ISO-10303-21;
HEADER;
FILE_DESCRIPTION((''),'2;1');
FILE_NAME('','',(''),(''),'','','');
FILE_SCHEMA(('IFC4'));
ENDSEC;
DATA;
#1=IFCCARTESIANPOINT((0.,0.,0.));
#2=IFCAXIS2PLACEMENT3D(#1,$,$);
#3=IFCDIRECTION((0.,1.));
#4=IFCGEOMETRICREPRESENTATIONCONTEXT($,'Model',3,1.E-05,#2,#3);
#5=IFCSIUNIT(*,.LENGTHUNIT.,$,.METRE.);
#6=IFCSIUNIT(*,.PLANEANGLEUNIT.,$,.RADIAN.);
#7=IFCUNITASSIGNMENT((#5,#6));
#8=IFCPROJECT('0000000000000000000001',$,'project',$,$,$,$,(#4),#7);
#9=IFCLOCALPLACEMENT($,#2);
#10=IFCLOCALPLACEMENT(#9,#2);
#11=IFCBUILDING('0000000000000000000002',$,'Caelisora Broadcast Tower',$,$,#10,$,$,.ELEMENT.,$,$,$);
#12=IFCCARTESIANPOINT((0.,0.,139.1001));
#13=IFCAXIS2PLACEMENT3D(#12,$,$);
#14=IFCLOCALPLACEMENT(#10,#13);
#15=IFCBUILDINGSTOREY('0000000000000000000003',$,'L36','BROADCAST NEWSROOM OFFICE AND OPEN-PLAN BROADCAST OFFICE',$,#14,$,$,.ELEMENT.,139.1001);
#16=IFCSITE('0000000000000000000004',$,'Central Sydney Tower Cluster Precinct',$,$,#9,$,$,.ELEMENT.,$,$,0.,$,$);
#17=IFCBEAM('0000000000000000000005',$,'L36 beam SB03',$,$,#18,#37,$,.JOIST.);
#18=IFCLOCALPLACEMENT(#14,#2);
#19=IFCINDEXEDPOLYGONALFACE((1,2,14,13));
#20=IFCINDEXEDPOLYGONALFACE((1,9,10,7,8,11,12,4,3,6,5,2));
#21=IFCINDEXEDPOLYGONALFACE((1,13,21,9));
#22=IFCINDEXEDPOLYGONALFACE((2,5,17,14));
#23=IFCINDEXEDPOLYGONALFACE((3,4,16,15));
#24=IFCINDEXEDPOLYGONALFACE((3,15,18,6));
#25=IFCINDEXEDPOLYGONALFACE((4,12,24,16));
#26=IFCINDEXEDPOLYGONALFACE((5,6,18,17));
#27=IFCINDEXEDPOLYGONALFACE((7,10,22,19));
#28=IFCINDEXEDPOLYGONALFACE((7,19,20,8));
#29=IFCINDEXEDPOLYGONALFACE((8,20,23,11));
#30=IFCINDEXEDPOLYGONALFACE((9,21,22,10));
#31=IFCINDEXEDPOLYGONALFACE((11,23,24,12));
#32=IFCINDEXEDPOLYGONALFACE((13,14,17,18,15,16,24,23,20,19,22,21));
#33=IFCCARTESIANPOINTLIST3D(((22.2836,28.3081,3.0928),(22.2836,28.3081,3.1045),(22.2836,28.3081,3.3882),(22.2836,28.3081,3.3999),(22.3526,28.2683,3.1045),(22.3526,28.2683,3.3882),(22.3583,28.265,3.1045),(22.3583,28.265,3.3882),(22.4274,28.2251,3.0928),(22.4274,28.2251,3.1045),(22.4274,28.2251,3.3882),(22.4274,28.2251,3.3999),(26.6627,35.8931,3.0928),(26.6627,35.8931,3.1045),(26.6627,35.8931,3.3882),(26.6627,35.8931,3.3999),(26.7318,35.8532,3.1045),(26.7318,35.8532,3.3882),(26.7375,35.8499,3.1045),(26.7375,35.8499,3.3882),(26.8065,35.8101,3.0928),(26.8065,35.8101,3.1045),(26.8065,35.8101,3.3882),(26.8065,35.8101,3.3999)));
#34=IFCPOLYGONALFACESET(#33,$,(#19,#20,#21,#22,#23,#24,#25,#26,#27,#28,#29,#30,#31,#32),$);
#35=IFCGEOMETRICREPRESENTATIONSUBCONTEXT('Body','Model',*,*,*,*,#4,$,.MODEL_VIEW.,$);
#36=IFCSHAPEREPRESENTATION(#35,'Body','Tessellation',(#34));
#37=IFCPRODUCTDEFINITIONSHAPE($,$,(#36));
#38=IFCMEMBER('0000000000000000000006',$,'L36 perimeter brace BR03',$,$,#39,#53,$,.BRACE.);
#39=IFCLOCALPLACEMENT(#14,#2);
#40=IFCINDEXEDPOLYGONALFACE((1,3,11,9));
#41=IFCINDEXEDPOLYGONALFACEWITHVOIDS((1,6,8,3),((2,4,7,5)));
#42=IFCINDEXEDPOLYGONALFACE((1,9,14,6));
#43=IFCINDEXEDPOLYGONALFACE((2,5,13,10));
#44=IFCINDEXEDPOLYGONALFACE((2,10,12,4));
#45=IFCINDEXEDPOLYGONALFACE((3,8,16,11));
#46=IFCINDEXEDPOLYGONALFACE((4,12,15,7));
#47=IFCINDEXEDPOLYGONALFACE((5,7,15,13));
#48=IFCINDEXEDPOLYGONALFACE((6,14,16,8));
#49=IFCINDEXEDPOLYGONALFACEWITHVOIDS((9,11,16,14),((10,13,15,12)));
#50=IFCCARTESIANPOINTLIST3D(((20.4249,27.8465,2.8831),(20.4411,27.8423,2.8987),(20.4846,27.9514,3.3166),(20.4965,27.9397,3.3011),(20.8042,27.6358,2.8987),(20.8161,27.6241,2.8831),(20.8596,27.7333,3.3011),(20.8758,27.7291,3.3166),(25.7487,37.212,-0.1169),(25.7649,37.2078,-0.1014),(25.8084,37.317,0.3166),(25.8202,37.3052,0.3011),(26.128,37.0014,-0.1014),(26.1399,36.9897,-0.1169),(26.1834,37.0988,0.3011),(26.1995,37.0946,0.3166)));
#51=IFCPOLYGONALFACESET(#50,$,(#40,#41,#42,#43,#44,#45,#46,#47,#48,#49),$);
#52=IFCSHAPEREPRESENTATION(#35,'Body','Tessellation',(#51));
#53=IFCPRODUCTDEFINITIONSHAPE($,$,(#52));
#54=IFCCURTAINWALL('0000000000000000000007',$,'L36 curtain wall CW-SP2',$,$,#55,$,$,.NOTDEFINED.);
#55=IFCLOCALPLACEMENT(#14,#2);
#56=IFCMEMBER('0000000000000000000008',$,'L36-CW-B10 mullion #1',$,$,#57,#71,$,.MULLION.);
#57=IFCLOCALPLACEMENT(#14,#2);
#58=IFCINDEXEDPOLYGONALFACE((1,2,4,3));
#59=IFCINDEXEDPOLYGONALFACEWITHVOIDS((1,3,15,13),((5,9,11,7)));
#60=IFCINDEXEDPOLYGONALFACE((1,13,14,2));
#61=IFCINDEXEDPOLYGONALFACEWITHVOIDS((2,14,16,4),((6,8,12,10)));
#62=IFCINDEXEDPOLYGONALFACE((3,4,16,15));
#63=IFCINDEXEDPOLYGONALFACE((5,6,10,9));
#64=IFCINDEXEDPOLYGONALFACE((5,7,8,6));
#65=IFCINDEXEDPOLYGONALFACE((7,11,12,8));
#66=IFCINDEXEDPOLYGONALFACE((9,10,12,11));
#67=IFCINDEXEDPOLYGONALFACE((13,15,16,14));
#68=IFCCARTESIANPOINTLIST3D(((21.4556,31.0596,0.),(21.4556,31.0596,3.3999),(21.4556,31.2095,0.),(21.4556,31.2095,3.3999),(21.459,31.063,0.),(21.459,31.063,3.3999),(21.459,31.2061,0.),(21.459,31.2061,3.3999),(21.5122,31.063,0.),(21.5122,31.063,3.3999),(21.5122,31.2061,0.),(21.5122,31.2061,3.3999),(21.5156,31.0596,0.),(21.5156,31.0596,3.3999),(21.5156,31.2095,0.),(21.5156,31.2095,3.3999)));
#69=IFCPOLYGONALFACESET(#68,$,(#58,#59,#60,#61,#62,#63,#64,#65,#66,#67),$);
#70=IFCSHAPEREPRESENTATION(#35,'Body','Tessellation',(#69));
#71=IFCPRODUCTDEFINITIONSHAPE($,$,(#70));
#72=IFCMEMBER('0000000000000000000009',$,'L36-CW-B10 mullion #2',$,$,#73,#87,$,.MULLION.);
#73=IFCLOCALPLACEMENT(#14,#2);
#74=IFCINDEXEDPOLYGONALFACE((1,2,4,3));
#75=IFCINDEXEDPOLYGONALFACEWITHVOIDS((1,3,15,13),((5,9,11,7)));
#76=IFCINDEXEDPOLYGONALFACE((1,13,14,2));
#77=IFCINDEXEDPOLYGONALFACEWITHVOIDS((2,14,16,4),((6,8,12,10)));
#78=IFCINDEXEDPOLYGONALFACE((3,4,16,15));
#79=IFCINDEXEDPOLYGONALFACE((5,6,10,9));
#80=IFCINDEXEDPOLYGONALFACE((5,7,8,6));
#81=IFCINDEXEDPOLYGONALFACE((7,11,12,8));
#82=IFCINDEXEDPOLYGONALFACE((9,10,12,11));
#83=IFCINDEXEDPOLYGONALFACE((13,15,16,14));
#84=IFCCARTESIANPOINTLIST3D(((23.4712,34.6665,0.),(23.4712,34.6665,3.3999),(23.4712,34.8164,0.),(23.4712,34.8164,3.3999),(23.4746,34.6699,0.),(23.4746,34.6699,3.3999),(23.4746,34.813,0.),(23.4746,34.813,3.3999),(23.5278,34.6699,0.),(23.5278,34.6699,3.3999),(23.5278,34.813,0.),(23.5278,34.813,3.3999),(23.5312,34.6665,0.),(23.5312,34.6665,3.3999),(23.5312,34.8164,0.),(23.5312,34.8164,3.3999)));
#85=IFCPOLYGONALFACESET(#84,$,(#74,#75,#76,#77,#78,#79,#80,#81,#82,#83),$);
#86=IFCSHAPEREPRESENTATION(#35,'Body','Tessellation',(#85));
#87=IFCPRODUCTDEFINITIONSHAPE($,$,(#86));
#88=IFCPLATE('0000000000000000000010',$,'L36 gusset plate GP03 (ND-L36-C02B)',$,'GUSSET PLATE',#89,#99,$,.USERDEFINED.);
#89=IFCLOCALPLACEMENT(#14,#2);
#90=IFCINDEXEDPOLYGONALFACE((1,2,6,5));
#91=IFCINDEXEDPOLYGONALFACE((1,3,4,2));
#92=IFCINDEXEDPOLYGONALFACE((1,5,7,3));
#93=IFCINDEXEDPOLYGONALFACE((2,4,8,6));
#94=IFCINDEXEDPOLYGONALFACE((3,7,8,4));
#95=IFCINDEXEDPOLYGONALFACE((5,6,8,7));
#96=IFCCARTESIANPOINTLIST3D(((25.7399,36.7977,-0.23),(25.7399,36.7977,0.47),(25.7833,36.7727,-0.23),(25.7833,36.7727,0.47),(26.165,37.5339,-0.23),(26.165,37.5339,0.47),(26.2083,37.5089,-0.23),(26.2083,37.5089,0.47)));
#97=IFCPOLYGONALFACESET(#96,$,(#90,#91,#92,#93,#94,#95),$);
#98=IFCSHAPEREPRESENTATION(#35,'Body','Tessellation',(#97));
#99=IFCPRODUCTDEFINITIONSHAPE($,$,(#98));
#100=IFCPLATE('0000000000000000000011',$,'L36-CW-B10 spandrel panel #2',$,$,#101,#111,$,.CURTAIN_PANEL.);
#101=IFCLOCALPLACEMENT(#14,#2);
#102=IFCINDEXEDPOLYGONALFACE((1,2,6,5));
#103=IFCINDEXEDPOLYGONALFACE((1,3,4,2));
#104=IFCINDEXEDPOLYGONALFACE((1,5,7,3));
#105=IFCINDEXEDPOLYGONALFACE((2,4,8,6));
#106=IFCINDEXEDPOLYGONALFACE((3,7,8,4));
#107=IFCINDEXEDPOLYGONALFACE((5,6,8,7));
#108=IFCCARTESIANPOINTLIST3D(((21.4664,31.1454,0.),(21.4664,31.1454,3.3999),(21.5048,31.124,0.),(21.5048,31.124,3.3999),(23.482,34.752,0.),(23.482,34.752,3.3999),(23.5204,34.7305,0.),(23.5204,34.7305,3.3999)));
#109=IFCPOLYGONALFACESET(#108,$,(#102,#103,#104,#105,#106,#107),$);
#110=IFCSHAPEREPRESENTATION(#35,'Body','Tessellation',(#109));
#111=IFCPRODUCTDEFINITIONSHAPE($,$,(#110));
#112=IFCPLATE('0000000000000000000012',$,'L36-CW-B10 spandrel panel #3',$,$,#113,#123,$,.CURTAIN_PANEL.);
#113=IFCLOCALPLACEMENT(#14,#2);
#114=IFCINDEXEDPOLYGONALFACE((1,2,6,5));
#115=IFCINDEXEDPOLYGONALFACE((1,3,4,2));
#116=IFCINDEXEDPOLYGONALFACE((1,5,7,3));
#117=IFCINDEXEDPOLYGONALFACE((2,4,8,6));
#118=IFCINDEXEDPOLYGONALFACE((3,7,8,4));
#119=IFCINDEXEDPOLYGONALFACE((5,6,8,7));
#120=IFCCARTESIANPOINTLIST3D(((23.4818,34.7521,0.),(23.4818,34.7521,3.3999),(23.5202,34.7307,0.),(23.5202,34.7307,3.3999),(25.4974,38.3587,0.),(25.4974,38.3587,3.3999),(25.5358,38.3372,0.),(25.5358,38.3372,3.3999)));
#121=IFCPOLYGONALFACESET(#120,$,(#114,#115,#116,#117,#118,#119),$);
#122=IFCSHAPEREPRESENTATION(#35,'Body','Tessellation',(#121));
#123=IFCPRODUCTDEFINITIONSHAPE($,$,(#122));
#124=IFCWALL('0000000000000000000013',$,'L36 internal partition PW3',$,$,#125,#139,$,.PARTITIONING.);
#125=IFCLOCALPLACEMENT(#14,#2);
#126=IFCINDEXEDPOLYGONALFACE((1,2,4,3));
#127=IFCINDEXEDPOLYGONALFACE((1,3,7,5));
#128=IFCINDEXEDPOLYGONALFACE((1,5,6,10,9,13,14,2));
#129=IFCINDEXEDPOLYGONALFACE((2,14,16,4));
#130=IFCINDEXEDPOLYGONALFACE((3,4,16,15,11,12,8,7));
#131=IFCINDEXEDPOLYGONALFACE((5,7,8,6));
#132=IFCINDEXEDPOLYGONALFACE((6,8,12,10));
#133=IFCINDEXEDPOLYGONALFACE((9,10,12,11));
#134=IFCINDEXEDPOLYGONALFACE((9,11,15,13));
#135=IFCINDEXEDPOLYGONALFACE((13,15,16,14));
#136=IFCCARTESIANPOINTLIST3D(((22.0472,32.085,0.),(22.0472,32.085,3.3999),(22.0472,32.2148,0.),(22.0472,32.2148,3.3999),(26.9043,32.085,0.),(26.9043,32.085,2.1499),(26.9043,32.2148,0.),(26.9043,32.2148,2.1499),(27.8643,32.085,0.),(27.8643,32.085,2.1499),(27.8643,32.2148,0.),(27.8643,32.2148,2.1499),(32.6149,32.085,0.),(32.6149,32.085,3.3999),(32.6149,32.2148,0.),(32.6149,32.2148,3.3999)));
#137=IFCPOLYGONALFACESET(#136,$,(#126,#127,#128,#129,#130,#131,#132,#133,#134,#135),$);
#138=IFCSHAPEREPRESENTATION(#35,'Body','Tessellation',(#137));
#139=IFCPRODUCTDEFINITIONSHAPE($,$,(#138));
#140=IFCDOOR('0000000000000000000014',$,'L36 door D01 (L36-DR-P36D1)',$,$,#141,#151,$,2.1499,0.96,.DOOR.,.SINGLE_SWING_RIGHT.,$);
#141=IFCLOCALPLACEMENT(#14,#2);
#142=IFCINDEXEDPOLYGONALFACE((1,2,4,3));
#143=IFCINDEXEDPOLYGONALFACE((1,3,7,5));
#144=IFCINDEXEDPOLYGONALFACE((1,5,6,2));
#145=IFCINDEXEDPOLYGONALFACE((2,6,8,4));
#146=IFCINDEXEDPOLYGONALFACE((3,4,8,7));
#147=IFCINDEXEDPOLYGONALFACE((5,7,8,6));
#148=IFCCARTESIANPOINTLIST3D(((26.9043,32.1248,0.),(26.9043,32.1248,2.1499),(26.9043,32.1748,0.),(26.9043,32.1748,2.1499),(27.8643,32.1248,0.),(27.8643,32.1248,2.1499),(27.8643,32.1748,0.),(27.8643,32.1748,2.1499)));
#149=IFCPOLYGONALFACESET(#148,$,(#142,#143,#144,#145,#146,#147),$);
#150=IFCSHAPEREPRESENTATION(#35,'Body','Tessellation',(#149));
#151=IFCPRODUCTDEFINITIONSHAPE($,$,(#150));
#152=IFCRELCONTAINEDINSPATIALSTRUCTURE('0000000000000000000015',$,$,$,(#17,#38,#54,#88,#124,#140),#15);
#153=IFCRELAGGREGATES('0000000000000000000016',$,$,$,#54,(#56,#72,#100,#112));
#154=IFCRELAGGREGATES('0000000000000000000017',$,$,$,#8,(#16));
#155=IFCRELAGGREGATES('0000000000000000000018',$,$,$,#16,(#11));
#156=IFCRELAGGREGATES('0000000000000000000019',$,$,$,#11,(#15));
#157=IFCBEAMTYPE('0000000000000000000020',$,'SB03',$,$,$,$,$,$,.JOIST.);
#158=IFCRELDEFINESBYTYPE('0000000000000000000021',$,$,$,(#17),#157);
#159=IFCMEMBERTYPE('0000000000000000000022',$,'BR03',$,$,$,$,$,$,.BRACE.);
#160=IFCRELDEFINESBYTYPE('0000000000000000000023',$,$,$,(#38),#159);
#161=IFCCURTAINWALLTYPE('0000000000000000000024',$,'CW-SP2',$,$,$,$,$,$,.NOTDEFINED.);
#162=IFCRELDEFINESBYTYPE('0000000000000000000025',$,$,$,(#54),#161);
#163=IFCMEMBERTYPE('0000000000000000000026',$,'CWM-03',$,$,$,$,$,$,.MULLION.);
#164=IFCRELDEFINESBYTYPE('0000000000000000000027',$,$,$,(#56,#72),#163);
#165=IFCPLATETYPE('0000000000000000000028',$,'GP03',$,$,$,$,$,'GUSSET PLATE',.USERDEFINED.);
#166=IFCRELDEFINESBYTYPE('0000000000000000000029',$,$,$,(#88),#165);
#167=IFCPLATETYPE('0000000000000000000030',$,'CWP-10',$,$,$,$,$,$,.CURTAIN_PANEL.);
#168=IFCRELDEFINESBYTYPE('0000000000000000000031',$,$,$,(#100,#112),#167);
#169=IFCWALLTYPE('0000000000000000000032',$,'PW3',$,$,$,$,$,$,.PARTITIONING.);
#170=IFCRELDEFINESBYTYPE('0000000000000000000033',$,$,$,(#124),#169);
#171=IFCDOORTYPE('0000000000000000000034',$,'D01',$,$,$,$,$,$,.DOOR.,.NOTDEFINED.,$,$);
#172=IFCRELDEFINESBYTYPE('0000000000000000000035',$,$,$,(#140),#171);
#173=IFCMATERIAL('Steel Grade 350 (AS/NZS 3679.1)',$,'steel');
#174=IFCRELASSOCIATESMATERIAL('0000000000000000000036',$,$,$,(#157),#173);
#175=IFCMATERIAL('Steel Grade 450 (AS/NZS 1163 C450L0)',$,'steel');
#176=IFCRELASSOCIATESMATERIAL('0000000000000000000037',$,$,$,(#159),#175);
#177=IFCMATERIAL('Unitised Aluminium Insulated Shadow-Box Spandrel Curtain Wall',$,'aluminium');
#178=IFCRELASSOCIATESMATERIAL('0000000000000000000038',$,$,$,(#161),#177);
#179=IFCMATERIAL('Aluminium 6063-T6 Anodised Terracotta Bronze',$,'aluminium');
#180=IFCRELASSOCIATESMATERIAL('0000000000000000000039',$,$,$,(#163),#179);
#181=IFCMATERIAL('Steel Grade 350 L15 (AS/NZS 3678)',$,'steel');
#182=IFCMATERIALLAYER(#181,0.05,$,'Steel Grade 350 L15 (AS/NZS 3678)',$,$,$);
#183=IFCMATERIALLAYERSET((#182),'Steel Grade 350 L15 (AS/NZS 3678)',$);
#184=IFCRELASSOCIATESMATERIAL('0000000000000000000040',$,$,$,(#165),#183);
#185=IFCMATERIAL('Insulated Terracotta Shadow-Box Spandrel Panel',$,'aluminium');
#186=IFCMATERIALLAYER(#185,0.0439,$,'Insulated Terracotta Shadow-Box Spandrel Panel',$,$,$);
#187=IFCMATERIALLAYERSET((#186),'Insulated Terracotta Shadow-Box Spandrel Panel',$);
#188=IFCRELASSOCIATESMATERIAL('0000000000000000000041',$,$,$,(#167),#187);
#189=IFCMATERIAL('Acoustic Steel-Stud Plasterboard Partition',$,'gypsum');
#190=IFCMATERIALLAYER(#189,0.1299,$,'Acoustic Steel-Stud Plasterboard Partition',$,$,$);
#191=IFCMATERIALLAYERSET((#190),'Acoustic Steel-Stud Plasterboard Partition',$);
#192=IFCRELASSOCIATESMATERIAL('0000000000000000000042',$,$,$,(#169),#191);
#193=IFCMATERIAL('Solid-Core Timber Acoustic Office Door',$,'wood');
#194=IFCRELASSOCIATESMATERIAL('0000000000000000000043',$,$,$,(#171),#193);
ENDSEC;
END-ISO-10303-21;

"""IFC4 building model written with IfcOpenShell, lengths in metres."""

from ifc_helpers import new_model, si_unit, direction, frame, frame_2d, origin, origin_2d, place, context, subcontext, project, spatial, rectangle, hollow_rectangle, i_section, extrude, source, transform, mapped, material, layer, layer_set, material_profile, profile_set, type_object, type_shapes, element, fill, aggregate, save


model = new_model("IFC4")

# Units and contexts
model_context = context("Model", 3, precision=1e-05, world=origin(), true_north=direction((0.0, 1.0)))
body_context = subcontext(model_context, "Body", "Model", "MODEL_VIEW")
ifc_project = project(units=[si_unit("LENGTHUNIT", "METRE"), si_unit("PLANEANGLEUNIT", "RADIAN")], contexts=[model_context])

# Site, building, storey
site_placement = place(None, origin())
site = spatial("IfcSite", under=ifc_project, at=site_placement, Name="Central Sydney Tower Cluster Precinct", CompositionType="ELEMENT", RefElevation=0.0)
building_placement = place(site_placement, origin())
building = spatial("IfcBuilding", under=site, at=building_placement, Name="Caelisora Broadcast Tower", CompositionType="ELEMENT")
storey_placement = place(building_placement, frame((0.0, 0.0, 139.1001)))
storey = spatial("IfcBuildingStorey", under=building, at=storey_placement, Name="L36", Description="BROADCAST NEWSROOM OFFICE AND OPEN-PLAN BROADCAST OFFICE", CompositionType="ELEMENT", Elevation=139.1001)

# Shared definitions
ifc_material_1 = material(Name="Steel Grade 350 L15 (AS/NZS 3678)", Category="steel")

# Beam
ifc_material_2 = material(Name="Steel Grade 350 (AS/NZS 3679.1)", Category="steel")
ifc_material_profile_1 = material_profile(ifc_material_2, i_section(OverallWidth=0.166, OverallDepth=0.3071, WebThickness=0.0066, FlangeThickness=0.0117, at=origin_2d()), Name="Steel Grade 350 (AS/NZS 3679.1)")
ifc_profile_set_1 = profile_set([ifc_material_profile_1], Name="Steel Grade 350 (AS/NZS 3679.1)")
beam_type_1 = type_object("IfcBeamType", Name="SB03", PredefinedType="JOIST", material=ifc_profile_set_1)
shared_shape_1 = source(origin(), body_context, "Body", "SweptSolid", [
    extrude(i_section(OverallWidth=0.166, OverallDepth=0.3071, WebThickness=0.0066, FlangeThickness=0.0117, at=origin_2d()), origin(), (0.0, 0.0, 1.0), 8.7583),
])
beam_1_placement = place(storey_placement, frame((26.7346, 35.8516, 3.2463), z_axis=(-0.499998, -0.866027, 0.0), x_axis=(0.866027, -0.499998, 0.0)))
element("IfcBeam", 1, at=beam_1_placement, inside=storey, type_object=beam_type_1, Name="L36 beam SB03", PredefinedType="JOIST", context=body_context, shape_type="MappedRepresentation", body=[
    mapped(shared_shape_1, transform((0.0, 0.0, 0.0), scale=1.0)),
])

# Member
ifc_material_3 = material(Name="Steel Grade 450 (AS/NZS 1163 C450L0)", Category="steel")
ifc_material_profile_2 = material_profile(ifc_material_3, hollow_rectangle(XDim=0.45, YDim=0.45, WallThickness=0.0161, at=origin_2d()), Name="Steel Grade 450 (AS/NZS 1163 C450L0)")
ifc_profile_set_2 = profile_set([ifc_material_profile_2], Name="Steel Grade 450 (AS/NZS 1163 C450L0)")
member_type_1 = type_object("IfcMemberType", Name="BR03", PredefinedType="BRACE", material=ifc_profile_set_2)
shared_shape_2 = source(origin(), body_context, "Body", "SweptSolid", [
    extrude(hollow_rectangle(XDim=0.45, YDim=0.45, WallThickness=0.0161, at=origin_2d()), origin(), (0.0, 0.0, 1.0), 11.1829),
])
type_shapes(member_type_1, [shared_shape_2])
member_1_placement = place(storey_placement, frame((25.9741, 37.1533, 0.0999), z_axis=(-0.476066, -0.837492, 0.26827), x_axis=(0.869359, -0.49418, 0.0)))
element("IfcMember", 2, at=member_1_placement, inside=storey, type_object=member_type_1, Name="L36 perimeter brace BR03", PredefinedType="BRACE", context=body_context, shape_type="MappedRepresentation", body=[
    mapped(shared_shape_2, transform((0.0, 0.0, 0.0), scale=1.0)),
])

# Curtain wall, members
ifc_material_4 = material(Name="Unitised Aluminium Insulated Shadow-Box Spandrel Curtain Wall", Category="aluminium")
curtain_wall_type = type_object("IfcCurtainWallType", Name="CW-SP2", PredefinedType="NOTDEFINED", material=ifc_material_4)
curtain_wall_placement = place(storey_placement, origin())
curtain_wall = element("IfcCurtainWall", 3, at=curtain_wall_placement, inside=storey, type_object=curtain_wall_type, Name="L36 curtain wall CW-SP2", PredefinedType="NOTDEFINED")
ifc_material_5 = material(Name="Aluminium 6063-T6 Anodised Terracotta Bronze", Category="aluminium")
ifc_material_profile_3 = material_profile(ifc_material_5, hollow_rectangle(XDim=0.0601, YDim=0.1499, WallThickness=0.0034, at=origin_2d()), Name="Aluminium 6063-T6 Anodised Terracotta Bronze")
ifc_profile_set_3 = profile_set([ifc_material_profile_3], Name="Aluminium 6063-T6 Anodised Terracotta Bronze")
member_type_2 = type_object("IfcMemberType", Name="CWM-03", PredefinedType="MULLION", material=ifc_profile_set_3)
shared_shape_3 = source(origin(), body_context, "Body", "SweptSolid", [
    extrude(hollow_rectangle(XDim=0.0601, YDim=0.1499, WallThickness=0.0034, at=origin_2d()), origin(), (0.0, 0.0, 1.0), 3.3999),
])
type_shapes(member_type_2, [shared_shape_3])
member_2_placement = place(storey_placement, frame((21.4856, 31.1345, 0.0), z_axis=(0.0, 0.0, 1.0), x_axis=(1.0, 0.0, 0.0)))
member_2 = element("IfcMember", 4, at=member_2_placement, type_object=member_type_2, Name="L36-CW-B10 mullion #1", PredefinedType="MULLION", context=body_context, shape_type="MappedRepresentation", body=[
    mapped(shared_shape_3, transform((0.0, 0.0, 0.0), scale=1.0)),
])
member_3_placement = place(storey_placement, frame((23.5012, 34.7415, 0.0), z_axis=(0.0, 0.0, 1.0), x_axis=(1.0, 0.0, 0.0)))
member_3 = element("IfcMember", 5, at=member_3_placement, type_object=member_type_2, Name="L36-CW-B10 mullion #2", PredefinedType="MULLION", context=body_context, shape_type="MappedRepresentation", body=[
    mapped(shared_shape_3, transform((0.0, 0.0, 0.0), scale=1.0)),
])

# Plates
ifc_layer_1 = layer(ifc_material_1, 0.05, Name="Steel Grade 350 L15 (AS/NZS 3678)")
ifc_layer_set_1 = layer_set([ifc_layer_1], Name="Steel Grade 350 L15 (AS/NZS 3678)")
plate_type_1 = type_object("IfcPlateType", Name="GP03", ElementType="GUSSET PLATE", PredefinedType="USERDEFINED", material=ifc_layer_set_1)
shared_shape_4 = source(origin(), body_context, "Body", "SweptSolid", [
    extrude(rectangle(XDim=0.8501, YDim=0.05, at=origin_2d()), origin(), (0.0, 0.0, 1.0), 0.7),
])
type_shapes(plate_type_1, [shared_shape_4])
plate_1_placement = place(storey_placement, frame((25.9741, 37.1533, -0.23), z_axis=(0.0, 0.0, 1.0), x_axis=(-0.5, -0.866025, 0.0)))
element("IfcPlate", 6, at=plate_1_placement, inside=storey, type_object=plate_type_1, Name="L36 gusset plate GP03 (ND-L36-C02B)", ObjectType="GUSSET PLATE", PredefinedType="USERDEFINED", context=body_context, shape_type="MappedRepresentation", body=[
    mapped(shared_shape_4, transform((0.0, 0.0, 0.0), scale=1.0)),
])
ifc_material_6 = material(Name="Insulated Terracotta Shadow-Box Spandrel Panel", Category="aluminium")
ifc_layer_2 = layer(ifc_material_6, 0.0439, Name="Insulated Terracotta Shadow-Box Spandrel Panel")
ifc_layer_set_2 = layer_set([ifc_layer_2], Name="Insulated Terracotta Shadow-Box Spandrel Panel")
plate_type_2 = type_object("IfcPlateType", Name="CWP-10", PredefinedType="CURTAIN_PANEL", material=ifc_layer_set_2)
shared_shape_5 = source(origin(), body_context, "Body", "SweptSolid", [
    extrude(rectangle(XDim=4.1316, YDim=0.0439, at=origin_2d()), origin(), (0.0, 0.0, 1.0), 3.3999),
])
type_shapes(plate_type_2, [shared_shape_5])
plate_2_placement = place(storey_placement, frame((22.4934, 32.938, 0.0), z_axis=(0.0, 0.0, 1.0), x_axis=(0.48786, 0.872922, 0.0)))
plate_2 = element("IfcPlate", 7, at=plate_2_placement, type_object=plate_type_2, Name="L36-CW-B10 spandrel panel #2", PredefinedType="CURTAIN_PANEL", context=body_context, shape_type="MappedRepresentation", body=[
    mapped(shared_shape_5, transform((0.0, 0.0, 0.0), scale=1.0)),
])
plate_3_placement = place(storey_placement, frame((24.5088, 36.5447, 0.0), z_axis=(0.0, 0.0, 1.0), x_axis=(0.48786, 0.872922, 0.0)))
plate_3 = element("IfcPlate", 8, at=plate_3_placement, type_object=plate_type_2, Name="L36-CW-B10 spandrel panel #3", PredefinedType="CURTAIN_PANEL", context=body_context, shape_type="MappedRepresentation", body=[
    mapped(shared_shape_5, transform((0.0, 0.0, 0.0), scale=1.0)),
])
aggregate(curtain_wall, [member_2, member_3, plate_2, plate_3])

# Wall, opening, door
ifc_material_7 = material(Name="Acoustic Steel-Stud Plasterboard Partition", Category="gypsum")
ifc_layer_3 = layer(ifc_material_7, 0.1299, Name="Acoustic Steel-Stud Plasterboard Partition")
ifc_layer_set_3 = layer_set([ifc_layer_3], Name="Acoustic Steel-Stud Plasterboard Partition")
wall_type = type_object("IfcWallType", Name="PW3", PredefinedType="PARTITIONING", material=ifc_layer_set_3)
wall_1_placement = place(storey_placement, frame((22.0474, 32.1499, 0.0), z_axis=(0.0, 0.0, 1.0), x_axis=(1.0, 0.0, 0.0)))
wall_1 = element("IfcWall", 9, at=wall_1_placement, inside=storey, type_object=wall_type, Name="L36 internal partition PW3", PredefinedType="PARTITIONING", context=body_context, shape_type="SweptSolid", body=[
    extrude(rectangle(XDim=10.5676, YDim=0.1299, at=frame_2d((5.2837, 0.0))), origin(), (0.0, 0.0, 1.0), 3.3999),
])
opening_1_placement = place(wall_1_placement, frame((4.8569, 0.0, 0.0)))
opening_1 = element("IfcOpeningElement", 10, at=opening_1_placement, cuts=wall_1, PredefinedType="OPENING", context=body_context, shape_type="SweptSolid", body=[
    extrude(rectangle(XDim=0.96, YDim=2.1499, at=frame_2d((0.48, 1.075))), frame((0.0, 0.0769, 0.0), z_axis=(0.0, -1.0, 0.0), x_axis=(1.0, 0.0, 0.0)), (0.0, 0.0, 1.0), 0.1538),
])
ifc_material_8 = material(Name="Solid-Core Timber Acoustic Office Door", Category="wood")
door_type = type_object("IfcDoorType", Name="D01", OperationType="NOTDEFINED", PredefinedType="DOOR", material=ifc_material_8)
door_1_placement = place(opening_1_placement, origin())
door_1 = element("IfcDoor", 11, at=door_1_placement, inside=storey, type_object=door_type, Name="L36 door D01 (L36-DR-P36D1)", OperationType="SINGLE_SWING_RIGHT", OverallHeight=2.1499, OverallWidth=0.96, PredefinedType="DOOR", context=body_context, shape_type="SweptSolid", body=[
    extrude(rectangle(XDim=0.96, YDim=2.1499, at=frame_2d((0.48, 1.075))), frame((0.0, 0.0249, 0.0), z_axis=(0.0, -1.0, 0.0), x_axis=(1.0, 0.0, 0.0)), (0.0, 0.0, 1.0), 0.05),
])
fill(opening_1, door_1)

save(model, "model.ifc")
